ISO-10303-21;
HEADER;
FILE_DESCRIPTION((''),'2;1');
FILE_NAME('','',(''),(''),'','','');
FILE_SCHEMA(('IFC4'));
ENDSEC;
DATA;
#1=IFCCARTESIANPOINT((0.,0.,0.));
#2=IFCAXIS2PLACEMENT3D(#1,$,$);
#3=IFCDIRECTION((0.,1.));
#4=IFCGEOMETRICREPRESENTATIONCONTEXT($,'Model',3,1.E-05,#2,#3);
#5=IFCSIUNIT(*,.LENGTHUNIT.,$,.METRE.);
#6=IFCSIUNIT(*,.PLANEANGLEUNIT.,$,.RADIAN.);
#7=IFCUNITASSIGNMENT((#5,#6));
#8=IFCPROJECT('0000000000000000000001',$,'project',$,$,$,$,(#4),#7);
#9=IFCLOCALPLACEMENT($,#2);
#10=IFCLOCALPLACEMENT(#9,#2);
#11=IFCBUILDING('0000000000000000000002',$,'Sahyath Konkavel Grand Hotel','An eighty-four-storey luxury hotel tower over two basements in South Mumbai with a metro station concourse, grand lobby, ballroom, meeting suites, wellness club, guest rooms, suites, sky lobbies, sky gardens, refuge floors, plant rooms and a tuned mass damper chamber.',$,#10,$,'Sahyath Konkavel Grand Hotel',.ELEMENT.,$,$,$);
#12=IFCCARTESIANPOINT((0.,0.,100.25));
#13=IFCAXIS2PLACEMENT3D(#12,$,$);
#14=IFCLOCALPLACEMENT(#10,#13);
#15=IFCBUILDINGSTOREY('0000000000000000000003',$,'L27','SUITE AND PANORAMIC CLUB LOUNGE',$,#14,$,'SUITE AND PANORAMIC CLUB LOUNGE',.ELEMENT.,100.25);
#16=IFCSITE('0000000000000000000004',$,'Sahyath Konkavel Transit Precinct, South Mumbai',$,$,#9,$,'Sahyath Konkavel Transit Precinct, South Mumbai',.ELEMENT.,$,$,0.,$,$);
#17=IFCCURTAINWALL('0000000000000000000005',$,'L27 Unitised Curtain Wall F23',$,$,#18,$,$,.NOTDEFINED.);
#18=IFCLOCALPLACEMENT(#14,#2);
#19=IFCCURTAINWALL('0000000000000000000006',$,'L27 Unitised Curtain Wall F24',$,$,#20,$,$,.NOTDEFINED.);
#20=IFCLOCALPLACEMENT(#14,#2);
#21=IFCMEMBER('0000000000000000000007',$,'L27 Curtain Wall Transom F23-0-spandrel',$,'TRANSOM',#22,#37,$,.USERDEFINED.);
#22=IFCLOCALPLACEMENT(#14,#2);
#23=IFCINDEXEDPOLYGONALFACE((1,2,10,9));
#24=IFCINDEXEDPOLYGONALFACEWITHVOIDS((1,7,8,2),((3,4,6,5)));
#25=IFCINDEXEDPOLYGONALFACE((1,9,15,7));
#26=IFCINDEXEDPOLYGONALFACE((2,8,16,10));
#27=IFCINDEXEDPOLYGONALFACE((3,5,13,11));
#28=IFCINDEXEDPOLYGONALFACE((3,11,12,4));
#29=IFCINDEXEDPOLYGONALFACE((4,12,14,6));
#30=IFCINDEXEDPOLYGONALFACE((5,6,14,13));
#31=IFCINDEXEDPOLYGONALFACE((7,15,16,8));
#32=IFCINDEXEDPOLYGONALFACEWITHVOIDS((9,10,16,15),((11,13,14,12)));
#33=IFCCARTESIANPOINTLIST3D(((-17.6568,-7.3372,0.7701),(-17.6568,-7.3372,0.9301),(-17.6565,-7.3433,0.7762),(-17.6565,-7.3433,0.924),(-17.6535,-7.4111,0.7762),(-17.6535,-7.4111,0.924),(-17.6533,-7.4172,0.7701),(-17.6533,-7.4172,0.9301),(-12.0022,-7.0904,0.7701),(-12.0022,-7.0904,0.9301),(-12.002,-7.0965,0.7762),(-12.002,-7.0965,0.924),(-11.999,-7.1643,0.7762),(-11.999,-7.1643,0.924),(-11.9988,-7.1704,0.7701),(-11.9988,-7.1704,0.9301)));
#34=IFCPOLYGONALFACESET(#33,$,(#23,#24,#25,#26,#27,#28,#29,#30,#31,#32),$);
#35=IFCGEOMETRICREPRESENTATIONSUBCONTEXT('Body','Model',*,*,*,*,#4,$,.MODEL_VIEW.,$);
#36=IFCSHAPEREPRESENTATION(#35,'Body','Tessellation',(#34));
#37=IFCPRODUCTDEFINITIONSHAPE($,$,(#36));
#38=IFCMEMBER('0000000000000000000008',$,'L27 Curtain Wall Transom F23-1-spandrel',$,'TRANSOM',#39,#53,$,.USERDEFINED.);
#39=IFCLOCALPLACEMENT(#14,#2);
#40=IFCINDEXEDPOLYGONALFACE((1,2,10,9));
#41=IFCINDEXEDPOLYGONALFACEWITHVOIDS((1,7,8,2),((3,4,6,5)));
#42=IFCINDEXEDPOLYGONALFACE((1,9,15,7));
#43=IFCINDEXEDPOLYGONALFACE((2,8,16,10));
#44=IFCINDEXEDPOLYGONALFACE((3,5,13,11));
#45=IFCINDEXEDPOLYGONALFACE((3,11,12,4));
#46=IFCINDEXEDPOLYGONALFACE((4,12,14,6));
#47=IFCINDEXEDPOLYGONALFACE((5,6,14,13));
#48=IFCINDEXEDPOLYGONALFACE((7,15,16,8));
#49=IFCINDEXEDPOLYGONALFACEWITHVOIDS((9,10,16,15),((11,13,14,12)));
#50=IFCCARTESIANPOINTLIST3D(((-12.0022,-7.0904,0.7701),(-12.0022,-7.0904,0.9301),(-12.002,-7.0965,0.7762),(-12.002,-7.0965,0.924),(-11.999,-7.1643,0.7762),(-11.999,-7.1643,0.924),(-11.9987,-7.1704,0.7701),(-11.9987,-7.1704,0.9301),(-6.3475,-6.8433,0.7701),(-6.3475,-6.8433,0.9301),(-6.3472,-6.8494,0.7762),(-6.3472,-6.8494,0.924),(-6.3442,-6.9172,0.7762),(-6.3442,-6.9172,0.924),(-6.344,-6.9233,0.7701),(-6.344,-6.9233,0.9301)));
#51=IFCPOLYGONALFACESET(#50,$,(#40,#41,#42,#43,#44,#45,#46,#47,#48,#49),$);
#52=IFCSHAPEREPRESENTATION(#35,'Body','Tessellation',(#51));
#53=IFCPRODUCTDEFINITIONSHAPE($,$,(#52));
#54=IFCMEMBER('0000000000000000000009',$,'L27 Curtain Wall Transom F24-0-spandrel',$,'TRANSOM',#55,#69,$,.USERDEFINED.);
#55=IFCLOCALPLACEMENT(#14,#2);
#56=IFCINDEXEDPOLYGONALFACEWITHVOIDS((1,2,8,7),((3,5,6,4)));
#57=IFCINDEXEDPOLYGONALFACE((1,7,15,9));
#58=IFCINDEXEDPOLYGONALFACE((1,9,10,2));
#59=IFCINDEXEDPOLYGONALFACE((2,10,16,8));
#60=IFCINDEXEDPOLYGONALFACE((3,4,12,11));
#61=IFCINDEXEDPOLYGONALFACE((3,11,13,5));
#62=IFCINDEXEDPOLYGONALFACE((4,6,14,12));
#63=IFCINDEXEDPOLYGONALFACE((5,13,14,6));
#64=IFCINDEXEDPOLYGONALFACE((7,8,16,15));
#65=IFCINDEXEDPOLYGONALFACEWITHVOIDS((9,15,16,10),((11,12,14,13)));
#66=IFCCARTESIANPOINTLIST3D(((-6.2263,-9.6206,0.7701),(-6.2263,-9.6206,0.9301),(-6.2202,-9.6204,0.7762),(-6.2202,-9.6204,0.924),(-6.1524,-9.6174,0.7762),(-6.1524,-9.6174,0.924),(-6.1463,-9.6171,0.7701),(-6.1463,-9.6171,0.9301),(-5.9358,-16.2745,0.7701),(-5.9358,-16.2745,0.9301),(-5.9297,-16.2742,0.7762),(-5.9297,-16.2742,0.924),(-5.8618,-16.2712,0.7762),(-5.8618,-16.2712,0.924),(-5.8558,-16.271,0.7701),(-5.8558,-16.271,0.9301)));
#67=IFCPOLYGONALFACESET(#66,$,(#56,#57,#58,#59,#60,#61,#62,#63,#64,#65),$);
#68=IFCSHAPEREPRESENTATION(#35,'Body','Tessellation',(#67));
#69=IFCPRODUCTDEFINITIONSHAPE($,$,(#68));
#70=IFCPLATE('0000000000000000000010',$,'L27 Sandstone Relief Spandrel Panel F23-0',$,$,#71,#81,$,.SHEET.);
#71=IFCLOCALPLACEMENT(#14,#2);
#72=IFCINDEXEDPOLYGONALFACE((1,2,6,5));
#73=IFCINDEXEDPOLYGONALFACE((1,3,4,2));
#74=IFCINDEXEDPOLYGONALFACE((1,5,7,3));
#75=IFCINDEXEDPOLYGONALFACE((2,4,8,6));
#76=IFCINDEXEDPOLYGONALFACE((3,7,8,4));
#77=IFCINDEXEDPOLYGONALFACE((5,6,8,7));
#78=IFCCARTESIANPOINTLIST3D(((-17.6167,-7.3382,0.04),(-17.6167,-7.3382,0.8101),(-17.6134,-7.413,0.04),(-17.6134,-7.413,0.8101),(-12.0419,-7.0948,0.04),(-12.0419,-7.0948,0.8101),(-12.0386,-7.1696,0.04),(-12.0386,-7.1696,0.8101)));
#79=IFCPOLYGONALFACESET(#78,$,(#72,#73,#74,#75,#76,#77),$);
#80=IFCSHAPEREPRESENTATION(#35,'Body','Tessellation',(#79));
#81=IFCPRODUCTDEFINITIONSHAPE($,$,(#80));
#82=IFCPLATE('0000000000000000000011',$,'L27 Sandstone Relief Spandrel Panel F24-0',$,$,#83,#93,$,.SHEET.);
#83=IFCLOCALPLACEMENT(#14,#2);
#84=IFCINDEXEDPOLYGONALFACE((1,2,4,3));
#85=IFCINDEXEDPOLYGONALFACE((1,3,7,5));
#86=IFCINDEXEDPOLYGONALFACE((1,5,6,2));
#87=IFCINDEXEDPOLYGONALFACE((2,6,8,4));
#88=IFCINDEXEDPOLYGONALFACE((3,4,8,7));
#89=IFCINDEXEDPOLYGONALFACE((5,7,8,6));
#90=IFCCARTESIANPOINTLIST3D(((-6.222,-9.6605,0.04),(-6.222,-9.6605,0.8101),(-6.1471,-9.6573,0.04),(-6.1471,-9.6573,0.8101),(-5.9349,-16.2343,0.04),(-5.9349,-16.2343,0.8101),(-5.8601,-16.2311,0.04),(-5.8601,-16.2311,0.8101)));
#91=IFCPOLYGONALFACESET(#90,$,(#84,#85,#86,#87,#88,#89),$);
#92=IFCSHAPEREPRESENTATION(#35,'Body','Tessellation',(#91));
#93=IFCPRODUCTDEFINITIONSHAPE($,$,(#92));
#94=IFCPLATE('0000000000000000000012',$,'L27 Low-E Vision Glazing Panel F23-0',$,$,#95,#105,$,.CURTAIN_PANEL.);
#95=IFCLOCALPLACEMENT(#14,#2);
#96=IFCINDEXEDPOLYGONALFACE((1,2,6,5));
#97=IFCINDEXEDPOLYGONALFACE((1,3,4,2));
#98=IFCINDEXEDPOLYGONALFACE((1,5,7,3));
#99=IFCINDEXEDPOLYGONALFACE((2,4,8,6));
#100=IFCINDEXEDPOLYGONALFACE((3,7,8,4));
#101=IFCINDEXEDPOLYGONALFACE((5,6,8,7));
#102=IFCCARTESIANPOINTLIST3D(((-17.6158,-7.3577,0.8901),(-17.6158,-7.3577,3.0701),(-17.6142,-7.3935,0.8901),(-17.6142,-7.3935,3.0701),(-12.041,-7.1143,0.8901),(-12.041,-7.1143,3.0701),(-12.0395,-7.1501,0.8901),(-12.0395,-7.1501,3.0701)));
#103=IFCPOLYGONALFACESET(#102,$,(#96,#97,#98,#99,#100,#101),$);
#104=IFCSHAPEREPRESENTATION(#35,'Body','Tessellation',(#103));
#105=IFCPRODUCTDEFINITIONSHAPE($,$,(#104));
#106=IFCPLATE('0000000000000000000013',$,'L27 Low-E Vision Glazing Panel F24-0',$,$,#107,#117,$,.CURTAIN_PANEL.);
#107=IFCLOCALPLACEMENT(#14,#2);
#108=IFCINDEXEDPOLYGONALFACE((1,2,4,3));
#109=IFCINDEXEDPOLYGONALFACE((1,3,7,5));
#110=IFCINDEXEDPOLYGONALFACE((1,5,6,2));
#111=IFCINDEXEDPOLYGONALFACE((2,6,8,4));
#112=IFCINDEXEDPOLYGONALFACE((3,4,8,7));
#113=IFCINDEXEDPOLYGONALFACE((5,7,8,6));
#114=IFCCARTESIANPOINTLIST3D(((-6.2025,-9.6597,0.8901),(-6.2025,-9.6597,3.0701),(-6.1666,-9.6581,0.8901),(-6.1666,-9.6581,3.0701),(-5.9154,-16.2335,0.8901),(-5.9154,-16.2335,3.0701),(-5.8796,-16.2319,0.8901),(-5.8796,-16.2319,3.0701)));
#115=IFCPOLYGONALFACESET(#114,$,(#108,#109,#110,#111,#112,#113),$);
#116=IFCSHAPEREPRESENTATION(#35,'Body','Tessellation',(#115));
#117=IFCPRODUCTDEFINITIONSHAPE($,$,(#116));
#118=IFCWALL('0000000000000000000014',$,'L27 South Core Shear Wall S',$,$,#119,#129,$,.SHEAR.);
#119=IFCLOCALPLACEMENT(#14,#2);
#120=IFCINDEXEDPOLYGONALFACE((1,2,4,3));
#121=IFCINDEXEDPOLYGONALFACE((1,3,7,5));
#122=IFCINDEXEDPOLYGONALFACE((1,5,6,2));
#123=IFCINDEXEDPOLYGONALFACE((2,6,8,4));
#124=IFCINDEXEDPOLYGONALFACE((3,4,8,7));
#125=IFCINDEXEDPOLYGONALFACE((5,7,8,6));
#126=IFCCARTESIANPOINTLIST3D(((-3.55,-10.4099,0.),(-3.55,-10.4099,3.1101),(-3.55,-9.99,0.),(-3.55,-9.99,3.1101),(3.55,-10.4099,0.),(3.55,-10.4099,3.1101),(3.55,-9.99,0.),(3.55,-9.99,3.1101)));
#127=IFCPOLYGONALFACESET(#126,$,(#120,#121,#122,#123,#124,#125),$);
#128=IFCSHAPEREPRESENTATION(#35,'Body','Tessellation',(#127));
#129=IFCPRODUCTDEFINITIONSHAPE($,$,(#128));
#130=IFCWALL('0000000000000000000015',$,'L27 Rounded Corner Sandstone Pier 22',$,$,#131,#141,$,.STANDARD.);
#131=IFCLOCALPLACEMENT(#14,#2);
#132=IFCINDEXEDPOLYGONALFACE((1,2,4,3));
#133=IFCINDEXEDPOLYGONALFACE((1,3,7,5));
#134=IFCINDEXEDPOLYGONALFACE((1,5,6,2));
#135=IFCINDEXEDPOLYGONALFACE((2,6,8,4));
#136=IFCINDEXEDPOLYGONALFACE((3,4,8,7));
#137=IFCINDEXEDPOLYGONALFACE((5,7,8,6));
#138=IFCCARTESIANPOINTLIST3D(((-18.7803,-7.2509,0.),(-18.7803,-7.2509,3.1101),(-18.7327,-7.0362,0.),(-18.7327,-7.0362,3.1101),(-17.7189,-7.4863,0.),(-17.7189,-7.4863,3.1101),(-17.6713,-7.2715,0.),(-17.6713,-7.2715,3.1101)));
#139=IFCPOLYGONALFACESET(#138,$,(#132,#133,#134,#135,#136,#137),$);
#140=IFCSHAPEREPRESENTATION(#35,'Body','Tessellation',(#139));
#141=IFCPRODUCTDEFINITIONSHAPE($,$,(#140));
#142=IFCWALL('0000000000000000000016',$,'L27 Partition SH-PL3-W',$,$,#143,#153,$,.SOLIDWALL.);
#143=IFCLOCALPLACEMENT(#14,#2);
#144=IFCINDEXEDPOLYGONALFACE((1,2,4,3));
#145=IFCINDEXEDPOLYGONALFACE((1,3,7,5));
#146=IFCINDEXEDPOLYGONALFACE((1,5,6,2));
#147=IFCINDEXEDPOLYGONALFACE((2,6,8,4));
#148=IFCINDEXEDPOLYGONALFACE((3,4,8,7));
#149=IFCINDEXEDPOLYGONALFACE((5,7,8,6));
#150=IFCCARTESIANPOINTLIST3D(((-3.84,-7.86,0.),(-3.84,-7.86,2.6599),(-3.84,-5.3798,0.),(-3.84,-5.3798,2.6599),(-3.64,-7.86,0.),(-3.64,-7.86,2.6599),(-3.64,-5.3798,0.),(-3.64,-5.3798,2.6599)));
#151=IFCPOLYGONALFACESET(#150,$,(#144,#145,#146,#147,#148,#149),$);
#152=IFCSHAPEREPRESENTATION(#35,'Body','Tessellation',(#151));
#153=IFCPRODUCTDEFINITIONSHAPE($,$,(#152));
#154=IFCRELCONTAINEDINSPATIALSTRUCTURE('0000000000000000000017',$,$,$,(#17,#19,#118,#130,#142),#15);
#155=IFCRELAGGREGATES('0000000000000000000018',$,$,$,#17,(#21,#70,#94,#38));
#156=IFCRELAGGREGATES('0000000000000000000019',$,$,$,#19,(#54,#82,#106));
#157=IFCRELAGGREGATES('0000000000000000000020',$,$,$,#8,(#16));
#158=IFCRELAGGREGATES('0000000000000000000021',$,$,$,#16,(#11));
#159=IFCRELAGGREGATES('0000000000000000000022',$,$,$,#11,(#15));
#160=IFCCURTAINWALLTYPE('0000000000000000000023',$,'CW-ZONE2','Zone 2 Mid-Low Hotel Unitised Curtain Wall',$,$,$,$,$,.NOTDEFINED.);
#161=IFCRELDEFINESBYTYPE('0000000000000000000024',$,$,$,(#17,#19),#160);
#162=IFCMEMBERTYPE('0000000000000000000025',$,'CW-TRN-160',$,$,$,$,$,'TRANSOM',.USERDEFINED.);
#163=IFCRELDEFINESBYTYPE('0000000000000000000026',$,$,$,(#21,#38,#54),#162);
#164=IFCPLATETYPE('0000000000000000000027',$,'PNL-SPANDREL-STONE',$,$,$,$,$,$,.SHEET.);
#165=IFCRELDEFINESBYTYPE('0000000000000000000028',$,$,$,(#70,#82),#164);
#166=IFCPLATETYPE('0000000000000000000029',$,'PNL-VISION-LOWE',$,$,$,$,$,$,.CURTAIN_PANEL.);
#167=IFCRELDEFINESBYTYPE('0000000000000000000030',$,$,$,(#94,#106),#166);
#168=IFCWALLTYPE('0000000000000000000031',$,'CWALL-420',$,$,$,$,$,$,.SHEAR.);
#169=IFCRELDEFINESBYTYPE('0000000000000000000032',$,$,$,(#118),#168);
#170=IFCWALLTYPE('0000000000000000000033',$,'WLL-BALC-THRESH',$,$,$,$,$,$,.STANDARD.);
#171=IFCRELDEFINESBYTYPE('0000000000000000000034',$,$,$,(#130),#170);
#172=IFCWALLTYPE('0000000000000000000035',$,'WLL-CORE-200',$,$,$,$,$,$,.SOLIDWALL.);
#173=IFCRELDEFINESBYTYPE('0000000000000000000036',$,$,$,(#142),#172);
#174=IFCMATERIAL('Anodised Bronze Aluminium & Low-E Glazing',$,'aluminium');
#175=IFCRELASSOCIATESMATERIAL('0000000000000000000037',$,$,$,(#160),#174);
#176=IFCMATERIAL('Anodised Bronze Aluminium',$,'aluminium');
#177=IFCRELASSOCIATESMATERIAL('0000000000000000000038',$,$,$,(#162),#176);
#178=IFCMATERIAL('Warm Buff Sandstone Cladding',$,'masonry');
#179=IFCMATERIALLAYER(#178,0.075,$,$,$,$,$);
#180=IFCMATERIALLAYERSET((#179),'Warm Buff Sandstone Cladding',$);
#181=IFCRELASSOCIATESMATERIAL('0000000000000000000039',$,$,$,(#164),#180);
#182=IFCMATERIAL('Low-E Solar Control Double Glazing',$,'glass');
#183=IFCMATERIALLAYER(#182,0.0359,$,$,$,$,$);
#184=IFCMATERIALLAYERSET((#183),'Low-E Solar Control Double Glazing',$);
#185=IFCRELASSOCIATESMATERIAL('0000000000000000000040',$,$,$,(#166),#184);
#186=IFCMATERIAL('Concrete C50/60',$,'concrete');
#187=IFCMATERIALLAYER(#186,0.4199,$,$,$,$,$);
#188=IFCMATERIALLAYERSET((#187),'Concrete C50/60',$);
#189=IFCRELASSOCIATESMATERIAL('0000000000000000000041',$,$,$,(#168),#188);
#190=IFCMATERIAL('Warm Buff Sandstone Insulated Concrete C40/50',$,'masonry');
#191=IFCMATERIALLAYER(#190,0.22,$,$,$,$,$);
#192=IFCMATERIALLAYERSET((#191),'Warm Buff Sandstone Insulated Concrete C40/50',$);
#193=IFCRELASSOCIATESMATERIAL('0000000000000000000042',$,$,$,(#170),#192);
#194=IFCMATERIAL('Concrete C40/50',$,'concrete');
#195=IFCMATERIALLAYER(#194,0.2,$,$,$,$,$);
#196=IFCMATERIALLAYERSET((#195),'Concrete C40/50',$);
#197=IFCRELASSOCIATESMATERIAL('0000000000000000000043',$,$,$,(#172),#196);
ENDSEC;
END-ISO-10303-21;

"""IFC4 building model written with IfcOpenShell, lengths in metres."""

from ifc_helpers import new_model, si_unit, direction, frame, frame_2d, origin, origin_2d, place, context, subcontext, project, spatial, rectangle, hollow_rectangle, extrude, source, transform, mapped, material, layer, layer_set, material_profile, profile_set, type_object, element, aggregate, save


model = new_model("IFC4")

# Units and contexts
model_context = context("Model", 3, precision=1e-05, world=origin(), true_north=direction((0.0, 1.0)))
body_context = subcontext(model_context, "Body", "Model", "MODEL_VIEW")
ifc_project = project(units=[si_unit("LENGTHUNIT", "METRE"), si_unit("PLANEANGLEUNIT", "RADIAN")], contexts=[model_context])

# Site, building, storey
site_placement = place(None, origin())
site = spatial("IfcSite", under=ifc_project, at=site_placement, Name="Sahyath Konkavel Transit Precinct, South Mumbai", LongName="Sahyath Konkavel Transit Precinct, South Mumbai", CompositionType="ELEMENT", RefElevation=0.0)
building_placement = place(site_placement, origin())
building = spatial("IfcBuilding", under=site, at=building_placement, Name="Sahyath Konkavel Grand Hotel", Description="An eighty-four-storey luxury hotel tower over two basements in South Mumbai with a metro station concourse, grand lobby, ballroom, meeting suites, wellness club, guest rooms, suites, sky lobbies, sky gardens, refuge floors, plant rooms and a tuned mass damper chamber.", LongName="Sahyath Konkavel Grand Hotel", CompositionType="ELEMENT")
storey_placement = place(building_placement, frame((0.0, 0.0, 100.25)))
storey = spatial("IfcBuildingStorey", under=building, at=storey_placement, Name="L27", Description="SUITE AND PANORAMIC CLUB LOUNGE", LongName="SUITE AND PANORAMIC CLUB LOUNGE", CompositionType="ELEMENT", Elevation=100.25)

# Curtain wall
ifc_material_1 = material(Name="Anodised Bronze Aluminium & Low-E Glazing", Category="aluminium")
curtain_wall_type = type_object("IfcCurtainWallType", Name="CW-ZONE2", Description="Zone 2 Mid-Low Hotel Unitised Curtain Wall", PredefinedType="NOTDEFINED", material=ifc_material_1)
curtain_wall_1_placement = place(storey_placement, origin())
curtain_wall_1 = element("IfcCurtainWall", 1, at=curtain_wall_1_placement, inside=storey, type_object=curtain_wall_type, Name="L27 Unitised Curtain Wall F23", PredefinedType="NOTDEFINED")
ifc_material_2 = material(Name="Anodised Bronze Aluminium", Category="aluminium")

# Curtain wall
curtain_wall_2_placement = place(storey_placement, origin())
curtain_wall_2 = element("IfcCurtainWall", 2, at=curtain_wall_2_placement, inside=storey, type_object=curtain_wall_type, Name="L27 Unitised Curtain Wall F24", PredefinedType="NOTDEFINED")

# Members
ifc_material_profile_1 = material_profile(ifc_material_2, hollow_rectangle(XDim=0.0801, YDim=0.1599, WallThickness=0.0061, at=origin_2d()), Name="RHS 160x80x6")
ifc_profile_set_1 = profile_set([ifc_material_profile_1], Name="Anodised Bronze Aluminium")
member_type_1 = type_object("IfcMemberType", Name="CW-TRN-160", ElementType="TRANSOM", PredefinedType="USERDEFINED", material=ifc_profile_set_1)
shared_shape_1 = source(origin(), body_context, "Body", "SweptSolid", [
    extrude(hollow_rectangle(XDim=0.0801, YDim=0.1599, WallThickness=0.0061, at=origin_2d()), origin(), (0.0, 0.0, 1.0), 5.6599),
])
member_1_placement = place(storey_placement, frame((-17.655, -7.3772, 0.8501), z_axis=(0.999049, 0.043609, 0.0), x_axis=(-0.043609, 0.999049, 0.0)))
member_1 = element("IfcMember", 3, at=member_1_placement, type_object=member_type_1, Name="L27 Curtain Wall Transom F23-0-spandrel", ObjectType="TRANSOM", PredefinedType="USERDEFINED", context=body_context, shape_type="MappedRepresentation", body=[
    mapped(shared_shape_1, transform((0.0, 0.0, 0.0), scale=1.0)),
])
shared_shape_2 = source(origin(), body_context, "Body", "SweptSolid", [
    extrude(hollow_rectangle(XDim=0.0801, YDim=0.1599, WallThickness=0.0061, at=origin_2d()), origin(), (0.0, 0.0, 1.0), 5.6602),
])
member_2_placement = place(storey_placement, frame((-12.0005, -7.1304, 0.8501), z_axis=(0.999047, 0.043651, 0.0), x_axis=(-0.043651, 0.999047, 0.0)))
member_2 = element("IfcMember", 4, at=member_2_placement, type_object=member_type_1, Name="L27 Curtain Wall Transom F23-1-spandrel", ObjectType="TRANSOM", PredefinedType="USERDEFINED", context=body_context, shape_type="MappedRepresentation", body=[
    mapped(shared_shape_2, transform((0.0, 0.0, 0.0), scale=1.0)),
])
shared_shape_3 = source(origin(), body_context, "Body", "SweptSolid", [
    extrude(hollow_rectangle(XDim=0.0801, YDim=0.1599, WallThickness=0.0061, at=origin_2d()), origin(), (0.0, 0.0, 1.0), 6.6602),
])
member_3_placement = place(storey_placement, frame((-6.1863, -9.6189, 0.8501), z_axis=(0.043622, -0.999048, 0.0), x_axis=(0.999048, 0.043622, 0.0)))
member_3 = element("IfcMember", 5, at=member_3_placement, type_object=member_type_1, Name="L27 Curtain Wall Transom F24-0-spandrel", ObjectType="TRANSOM", PredefinedType="USERDEFINED", context=body_context, shape_type="MappedRepresentation", body=[
    mapped(shared_shape_3, transform((0.0, 0.0, 0.0), scale=1.0)),
])

# Plates
ifc_material_3 = material(Name="Warm Buff Sandstone Cladding", Category="masonry")
ifc_layer_1 = layer(ifc_material_3, 0.075)
ifc_layer_set_1 = layer_set([ifc_layer_1], Name="Warm Buff Sandstone Cladding")
plate_type_1 = type_object("IfcPlateType", Name="PNL-SPANDREL-STONE", PredefinedType="SHEET", material=ifc_layer_set_1)
shared_shape_4 = source(origin(), body_context, "Body", "SweptSolid", [
    extrude(rectangle(XDim=5.5801, YDim=0.075, at=origin_2d()), origin(), (0.0, 0.0, 1.0), 0.77),
])
plate_1_placement = place(storey_placement, frame((-14.8276, -7.2539, 0.04), z_axis=(0.0, 0.0, 1.0), x_axis=(0.999048, 0.043619, 0.0)))
plate_1 = element("IfcPlate", 6, at=plate_1_placement, type_object=plate_type_1, Name="L27 Sandstone Relief Spandrel Panel F23-0", PredefinedType="SHEET", context=body_context, shape_type="MappedRepresentation", body=[
    mapped(shared_shape_4, transform((0.0, 0.0, 0.0), scale=1.0)),
])
shared_shape_5 = source(origin(), body_context, "Body", "SweptSolid", [
    extrude(rectangle(XDim=6.5801, YDim=0.075, at=origin_2d()), origin(), (0.0, 0.0, 1.0), 0.77),
])
plate_2_placement = place(storey_placement, frame((-6.041, -12.9458, 0.04), z_axis=(0.0, 0.0, 1.0), x_axis=(0.043619, -0.999048, 0.0)))
plate_2 = element("IfcPlate", 7, at=plate_2_placement, type_object=plate_type_1, Name="L27 Sandstone Relief Spandrel Panel F24-0", PredefinedType="SHEET", context=body_context, shape_type="MappedRepresentation", body=[
    mapped(shared_shape_5, transform((0.0, 0.0, 0.0), scale=1.0)),
])
ifc_material_4 = material(Name="Low-E Solar Control Double Glazing", Category="glass")
ifc_layer_2 = layer(ifc_material_4, 0.0359)
ifc_layer_set_2 = layer_set([ifc_layer_2], Name="Low-E Solar Control Double Glazing")
plate_type_2 = type_object("IfcPlateType", Name="PNL-VISION-LOWE", PredefinedType="CURTAIN_PANEL", material=ifc_layer_set_2)
shared_shape_6 = source(origin(), body_context, "Body", "SweptSolid", [
    extrude(rectangle(XDim=5.5801, YDim=0.0359, at=origin_2d()), origin(), (0.0, 0.0, 1.0), 2.1799),
])
plate_3_placement = place(storey_placement, frame((-14.8276, -7.2539, 0.8901), z_axis=(0.0, 0.0, 1.0), x_axis=(0.999048, 0.043619, 0.0)))
plate_3 = element("IfcPlate", 8, at=plate_3_placement, type_object=plate_type_2, Name="L27 Low-E Vision Glazing Panel F23-0", PredefinedType="CURTAIN_PANEL", context=body_context, shape_type="MappedRepresentation", body=[
    mapped(shared_shape_6, transform((0.0, 0.0, 0.0), scale=1.0)),
])
aggregate(curtain_wall_1, [member_1, plate_1, plate_3, member_2])
shared_shape_7 = source(origin(), body_context, "Body", "SweptSolid", [
    extrude(rectangle(XDim=6.5801, YDim=0.0359, at=origin_2d()), origin(), (0.0, 0.0, 1.0), 2.1799),
])
plate_4_placement = place(storey_placement, frame((-6.041, -12.9458, 0.8901), z_axis=(0.0, 0.0, 1.0), x_axis=(0.043619, -0.999048, 0.0)))
plate_4 = element("IfcPlate", 9, at=plate_4_placement, type_object=plate_type_2, Name="L27 Low-E Vision Glazing Panel F24-0", PredefinedType="CURTAIN_PANEL", context=body_context, shape_type="MappedRepresentation", body=[
    mapped(shared_shape_7, transform((0.0, 0.0, 0.0), scale=1.0)),
])
aggregate(curtain_wall_2, [member_3, plate_2, plate_4])

# Walls
ifc_material_5 = material(Name="Concrete C50/60", Category="concrete")
ifc_layer_3 = layer(ifc_material_5, 0.4199)
ifc_layer_set_3 = layer_set([ifc_layer_3], Name="Concrete C50/60")
wall_type_1 = type_object("IfcWallType", Name="CWALL-420", PredefinedType="SHEAR", material=ifc_layer_set_3)
wall_1_placement = place(storey_placement, frame((-3.55, -10.2, 0.0), z_axis=(0.0, 0.0, 1.0), x_axis=(1.0, 0.0, 0.0)))
element("IfcWall", 10, at=wall_1_placement, inside=storey, type_object=wall_type_1, Name="L27 South Core Shear Wall S", PredefinedType="SHEAR", context=body_context, shape_type="SweptSolid", body=[
    extrude(rectangle(XDim=7.1001, YDim=0.4199, at=frame_2d((3.55, 0.0))), origin(), (0.0, 0.0, 1.0), 3.1101),
])
ifc_material_6 = material(Name="Warm Buff Sandstone Insulated Concrete C40/50", Category="masonry")
ifc_layer_4 = layer(ifc_material_6, 0.22)
ifc_layer_set_4 = layer_set([ifc_layer_4], Name="Warm Buff Sandstone Insulated Concrete C40/50")
wall_type_2 = type_object("IfcWallType", Name="WLL-BALC-THRESH", PredefinedType="STANDARD", material=ifc_layer_set_4)
wall_2_placement = place(storey_placement, frame((-18.7563, -7.1436, 0.0), z_axis=(0.0, 0.0, 1.0), x_axis=(0.976282, -0.216502, 0.0)))
element("IfcWall", 11, at=wall_2_placement, inside=storey, type_object=wall_type_2, Name="L27 Rounded Corner Sandstone Pier 22", PredefinedType="STANDARD", context=body_context, shape_type="SweptSolid", body=[
    extrude(rectangle(XDim=1.0872, YDim=0.22, at=frame_2d((0.5435, 0.0))), origin(), (0.0, 0.0, 1.0), 3.1101),
])
ifc_material_7 = material(Name="Concrete C40/50", Category="concrete")
ifc_layer_5 = layer(ifc_material_7, 0.2)
ifc_layer_set_5 = layer_set([ifc_layer_5], Name="Concrete C40/50")
wall_type_3 = type_object("IfcWallType", Name="WLL-CORE-200", PredefinedType="SOLIDWALL", material=ifc_layer_set_5)
wall_3_placement = place(storey_placement, frame((-3.74, -7.8601, 0.0), z_axis=(0.0, 0.0, 1.0), x_axis=(0.0, 1.0, 0.0)))
element("IfcWall", 12, at=wall_3_placement, inside=storey, type_object=wall_type_3, Name="L27 Partition SH-PL3-W", PredefinedType="SOLIDWALL", context=body_context, shape_type="SweptSolid", body=[
    extrude(rectangle(XDim=2.4802, YDim=0.2, at=frame_2d((1.2402, 0.0))), origin(), (0.0, 0.0, 1.0), 2.6599),
])

save(model, "model.ifc")
